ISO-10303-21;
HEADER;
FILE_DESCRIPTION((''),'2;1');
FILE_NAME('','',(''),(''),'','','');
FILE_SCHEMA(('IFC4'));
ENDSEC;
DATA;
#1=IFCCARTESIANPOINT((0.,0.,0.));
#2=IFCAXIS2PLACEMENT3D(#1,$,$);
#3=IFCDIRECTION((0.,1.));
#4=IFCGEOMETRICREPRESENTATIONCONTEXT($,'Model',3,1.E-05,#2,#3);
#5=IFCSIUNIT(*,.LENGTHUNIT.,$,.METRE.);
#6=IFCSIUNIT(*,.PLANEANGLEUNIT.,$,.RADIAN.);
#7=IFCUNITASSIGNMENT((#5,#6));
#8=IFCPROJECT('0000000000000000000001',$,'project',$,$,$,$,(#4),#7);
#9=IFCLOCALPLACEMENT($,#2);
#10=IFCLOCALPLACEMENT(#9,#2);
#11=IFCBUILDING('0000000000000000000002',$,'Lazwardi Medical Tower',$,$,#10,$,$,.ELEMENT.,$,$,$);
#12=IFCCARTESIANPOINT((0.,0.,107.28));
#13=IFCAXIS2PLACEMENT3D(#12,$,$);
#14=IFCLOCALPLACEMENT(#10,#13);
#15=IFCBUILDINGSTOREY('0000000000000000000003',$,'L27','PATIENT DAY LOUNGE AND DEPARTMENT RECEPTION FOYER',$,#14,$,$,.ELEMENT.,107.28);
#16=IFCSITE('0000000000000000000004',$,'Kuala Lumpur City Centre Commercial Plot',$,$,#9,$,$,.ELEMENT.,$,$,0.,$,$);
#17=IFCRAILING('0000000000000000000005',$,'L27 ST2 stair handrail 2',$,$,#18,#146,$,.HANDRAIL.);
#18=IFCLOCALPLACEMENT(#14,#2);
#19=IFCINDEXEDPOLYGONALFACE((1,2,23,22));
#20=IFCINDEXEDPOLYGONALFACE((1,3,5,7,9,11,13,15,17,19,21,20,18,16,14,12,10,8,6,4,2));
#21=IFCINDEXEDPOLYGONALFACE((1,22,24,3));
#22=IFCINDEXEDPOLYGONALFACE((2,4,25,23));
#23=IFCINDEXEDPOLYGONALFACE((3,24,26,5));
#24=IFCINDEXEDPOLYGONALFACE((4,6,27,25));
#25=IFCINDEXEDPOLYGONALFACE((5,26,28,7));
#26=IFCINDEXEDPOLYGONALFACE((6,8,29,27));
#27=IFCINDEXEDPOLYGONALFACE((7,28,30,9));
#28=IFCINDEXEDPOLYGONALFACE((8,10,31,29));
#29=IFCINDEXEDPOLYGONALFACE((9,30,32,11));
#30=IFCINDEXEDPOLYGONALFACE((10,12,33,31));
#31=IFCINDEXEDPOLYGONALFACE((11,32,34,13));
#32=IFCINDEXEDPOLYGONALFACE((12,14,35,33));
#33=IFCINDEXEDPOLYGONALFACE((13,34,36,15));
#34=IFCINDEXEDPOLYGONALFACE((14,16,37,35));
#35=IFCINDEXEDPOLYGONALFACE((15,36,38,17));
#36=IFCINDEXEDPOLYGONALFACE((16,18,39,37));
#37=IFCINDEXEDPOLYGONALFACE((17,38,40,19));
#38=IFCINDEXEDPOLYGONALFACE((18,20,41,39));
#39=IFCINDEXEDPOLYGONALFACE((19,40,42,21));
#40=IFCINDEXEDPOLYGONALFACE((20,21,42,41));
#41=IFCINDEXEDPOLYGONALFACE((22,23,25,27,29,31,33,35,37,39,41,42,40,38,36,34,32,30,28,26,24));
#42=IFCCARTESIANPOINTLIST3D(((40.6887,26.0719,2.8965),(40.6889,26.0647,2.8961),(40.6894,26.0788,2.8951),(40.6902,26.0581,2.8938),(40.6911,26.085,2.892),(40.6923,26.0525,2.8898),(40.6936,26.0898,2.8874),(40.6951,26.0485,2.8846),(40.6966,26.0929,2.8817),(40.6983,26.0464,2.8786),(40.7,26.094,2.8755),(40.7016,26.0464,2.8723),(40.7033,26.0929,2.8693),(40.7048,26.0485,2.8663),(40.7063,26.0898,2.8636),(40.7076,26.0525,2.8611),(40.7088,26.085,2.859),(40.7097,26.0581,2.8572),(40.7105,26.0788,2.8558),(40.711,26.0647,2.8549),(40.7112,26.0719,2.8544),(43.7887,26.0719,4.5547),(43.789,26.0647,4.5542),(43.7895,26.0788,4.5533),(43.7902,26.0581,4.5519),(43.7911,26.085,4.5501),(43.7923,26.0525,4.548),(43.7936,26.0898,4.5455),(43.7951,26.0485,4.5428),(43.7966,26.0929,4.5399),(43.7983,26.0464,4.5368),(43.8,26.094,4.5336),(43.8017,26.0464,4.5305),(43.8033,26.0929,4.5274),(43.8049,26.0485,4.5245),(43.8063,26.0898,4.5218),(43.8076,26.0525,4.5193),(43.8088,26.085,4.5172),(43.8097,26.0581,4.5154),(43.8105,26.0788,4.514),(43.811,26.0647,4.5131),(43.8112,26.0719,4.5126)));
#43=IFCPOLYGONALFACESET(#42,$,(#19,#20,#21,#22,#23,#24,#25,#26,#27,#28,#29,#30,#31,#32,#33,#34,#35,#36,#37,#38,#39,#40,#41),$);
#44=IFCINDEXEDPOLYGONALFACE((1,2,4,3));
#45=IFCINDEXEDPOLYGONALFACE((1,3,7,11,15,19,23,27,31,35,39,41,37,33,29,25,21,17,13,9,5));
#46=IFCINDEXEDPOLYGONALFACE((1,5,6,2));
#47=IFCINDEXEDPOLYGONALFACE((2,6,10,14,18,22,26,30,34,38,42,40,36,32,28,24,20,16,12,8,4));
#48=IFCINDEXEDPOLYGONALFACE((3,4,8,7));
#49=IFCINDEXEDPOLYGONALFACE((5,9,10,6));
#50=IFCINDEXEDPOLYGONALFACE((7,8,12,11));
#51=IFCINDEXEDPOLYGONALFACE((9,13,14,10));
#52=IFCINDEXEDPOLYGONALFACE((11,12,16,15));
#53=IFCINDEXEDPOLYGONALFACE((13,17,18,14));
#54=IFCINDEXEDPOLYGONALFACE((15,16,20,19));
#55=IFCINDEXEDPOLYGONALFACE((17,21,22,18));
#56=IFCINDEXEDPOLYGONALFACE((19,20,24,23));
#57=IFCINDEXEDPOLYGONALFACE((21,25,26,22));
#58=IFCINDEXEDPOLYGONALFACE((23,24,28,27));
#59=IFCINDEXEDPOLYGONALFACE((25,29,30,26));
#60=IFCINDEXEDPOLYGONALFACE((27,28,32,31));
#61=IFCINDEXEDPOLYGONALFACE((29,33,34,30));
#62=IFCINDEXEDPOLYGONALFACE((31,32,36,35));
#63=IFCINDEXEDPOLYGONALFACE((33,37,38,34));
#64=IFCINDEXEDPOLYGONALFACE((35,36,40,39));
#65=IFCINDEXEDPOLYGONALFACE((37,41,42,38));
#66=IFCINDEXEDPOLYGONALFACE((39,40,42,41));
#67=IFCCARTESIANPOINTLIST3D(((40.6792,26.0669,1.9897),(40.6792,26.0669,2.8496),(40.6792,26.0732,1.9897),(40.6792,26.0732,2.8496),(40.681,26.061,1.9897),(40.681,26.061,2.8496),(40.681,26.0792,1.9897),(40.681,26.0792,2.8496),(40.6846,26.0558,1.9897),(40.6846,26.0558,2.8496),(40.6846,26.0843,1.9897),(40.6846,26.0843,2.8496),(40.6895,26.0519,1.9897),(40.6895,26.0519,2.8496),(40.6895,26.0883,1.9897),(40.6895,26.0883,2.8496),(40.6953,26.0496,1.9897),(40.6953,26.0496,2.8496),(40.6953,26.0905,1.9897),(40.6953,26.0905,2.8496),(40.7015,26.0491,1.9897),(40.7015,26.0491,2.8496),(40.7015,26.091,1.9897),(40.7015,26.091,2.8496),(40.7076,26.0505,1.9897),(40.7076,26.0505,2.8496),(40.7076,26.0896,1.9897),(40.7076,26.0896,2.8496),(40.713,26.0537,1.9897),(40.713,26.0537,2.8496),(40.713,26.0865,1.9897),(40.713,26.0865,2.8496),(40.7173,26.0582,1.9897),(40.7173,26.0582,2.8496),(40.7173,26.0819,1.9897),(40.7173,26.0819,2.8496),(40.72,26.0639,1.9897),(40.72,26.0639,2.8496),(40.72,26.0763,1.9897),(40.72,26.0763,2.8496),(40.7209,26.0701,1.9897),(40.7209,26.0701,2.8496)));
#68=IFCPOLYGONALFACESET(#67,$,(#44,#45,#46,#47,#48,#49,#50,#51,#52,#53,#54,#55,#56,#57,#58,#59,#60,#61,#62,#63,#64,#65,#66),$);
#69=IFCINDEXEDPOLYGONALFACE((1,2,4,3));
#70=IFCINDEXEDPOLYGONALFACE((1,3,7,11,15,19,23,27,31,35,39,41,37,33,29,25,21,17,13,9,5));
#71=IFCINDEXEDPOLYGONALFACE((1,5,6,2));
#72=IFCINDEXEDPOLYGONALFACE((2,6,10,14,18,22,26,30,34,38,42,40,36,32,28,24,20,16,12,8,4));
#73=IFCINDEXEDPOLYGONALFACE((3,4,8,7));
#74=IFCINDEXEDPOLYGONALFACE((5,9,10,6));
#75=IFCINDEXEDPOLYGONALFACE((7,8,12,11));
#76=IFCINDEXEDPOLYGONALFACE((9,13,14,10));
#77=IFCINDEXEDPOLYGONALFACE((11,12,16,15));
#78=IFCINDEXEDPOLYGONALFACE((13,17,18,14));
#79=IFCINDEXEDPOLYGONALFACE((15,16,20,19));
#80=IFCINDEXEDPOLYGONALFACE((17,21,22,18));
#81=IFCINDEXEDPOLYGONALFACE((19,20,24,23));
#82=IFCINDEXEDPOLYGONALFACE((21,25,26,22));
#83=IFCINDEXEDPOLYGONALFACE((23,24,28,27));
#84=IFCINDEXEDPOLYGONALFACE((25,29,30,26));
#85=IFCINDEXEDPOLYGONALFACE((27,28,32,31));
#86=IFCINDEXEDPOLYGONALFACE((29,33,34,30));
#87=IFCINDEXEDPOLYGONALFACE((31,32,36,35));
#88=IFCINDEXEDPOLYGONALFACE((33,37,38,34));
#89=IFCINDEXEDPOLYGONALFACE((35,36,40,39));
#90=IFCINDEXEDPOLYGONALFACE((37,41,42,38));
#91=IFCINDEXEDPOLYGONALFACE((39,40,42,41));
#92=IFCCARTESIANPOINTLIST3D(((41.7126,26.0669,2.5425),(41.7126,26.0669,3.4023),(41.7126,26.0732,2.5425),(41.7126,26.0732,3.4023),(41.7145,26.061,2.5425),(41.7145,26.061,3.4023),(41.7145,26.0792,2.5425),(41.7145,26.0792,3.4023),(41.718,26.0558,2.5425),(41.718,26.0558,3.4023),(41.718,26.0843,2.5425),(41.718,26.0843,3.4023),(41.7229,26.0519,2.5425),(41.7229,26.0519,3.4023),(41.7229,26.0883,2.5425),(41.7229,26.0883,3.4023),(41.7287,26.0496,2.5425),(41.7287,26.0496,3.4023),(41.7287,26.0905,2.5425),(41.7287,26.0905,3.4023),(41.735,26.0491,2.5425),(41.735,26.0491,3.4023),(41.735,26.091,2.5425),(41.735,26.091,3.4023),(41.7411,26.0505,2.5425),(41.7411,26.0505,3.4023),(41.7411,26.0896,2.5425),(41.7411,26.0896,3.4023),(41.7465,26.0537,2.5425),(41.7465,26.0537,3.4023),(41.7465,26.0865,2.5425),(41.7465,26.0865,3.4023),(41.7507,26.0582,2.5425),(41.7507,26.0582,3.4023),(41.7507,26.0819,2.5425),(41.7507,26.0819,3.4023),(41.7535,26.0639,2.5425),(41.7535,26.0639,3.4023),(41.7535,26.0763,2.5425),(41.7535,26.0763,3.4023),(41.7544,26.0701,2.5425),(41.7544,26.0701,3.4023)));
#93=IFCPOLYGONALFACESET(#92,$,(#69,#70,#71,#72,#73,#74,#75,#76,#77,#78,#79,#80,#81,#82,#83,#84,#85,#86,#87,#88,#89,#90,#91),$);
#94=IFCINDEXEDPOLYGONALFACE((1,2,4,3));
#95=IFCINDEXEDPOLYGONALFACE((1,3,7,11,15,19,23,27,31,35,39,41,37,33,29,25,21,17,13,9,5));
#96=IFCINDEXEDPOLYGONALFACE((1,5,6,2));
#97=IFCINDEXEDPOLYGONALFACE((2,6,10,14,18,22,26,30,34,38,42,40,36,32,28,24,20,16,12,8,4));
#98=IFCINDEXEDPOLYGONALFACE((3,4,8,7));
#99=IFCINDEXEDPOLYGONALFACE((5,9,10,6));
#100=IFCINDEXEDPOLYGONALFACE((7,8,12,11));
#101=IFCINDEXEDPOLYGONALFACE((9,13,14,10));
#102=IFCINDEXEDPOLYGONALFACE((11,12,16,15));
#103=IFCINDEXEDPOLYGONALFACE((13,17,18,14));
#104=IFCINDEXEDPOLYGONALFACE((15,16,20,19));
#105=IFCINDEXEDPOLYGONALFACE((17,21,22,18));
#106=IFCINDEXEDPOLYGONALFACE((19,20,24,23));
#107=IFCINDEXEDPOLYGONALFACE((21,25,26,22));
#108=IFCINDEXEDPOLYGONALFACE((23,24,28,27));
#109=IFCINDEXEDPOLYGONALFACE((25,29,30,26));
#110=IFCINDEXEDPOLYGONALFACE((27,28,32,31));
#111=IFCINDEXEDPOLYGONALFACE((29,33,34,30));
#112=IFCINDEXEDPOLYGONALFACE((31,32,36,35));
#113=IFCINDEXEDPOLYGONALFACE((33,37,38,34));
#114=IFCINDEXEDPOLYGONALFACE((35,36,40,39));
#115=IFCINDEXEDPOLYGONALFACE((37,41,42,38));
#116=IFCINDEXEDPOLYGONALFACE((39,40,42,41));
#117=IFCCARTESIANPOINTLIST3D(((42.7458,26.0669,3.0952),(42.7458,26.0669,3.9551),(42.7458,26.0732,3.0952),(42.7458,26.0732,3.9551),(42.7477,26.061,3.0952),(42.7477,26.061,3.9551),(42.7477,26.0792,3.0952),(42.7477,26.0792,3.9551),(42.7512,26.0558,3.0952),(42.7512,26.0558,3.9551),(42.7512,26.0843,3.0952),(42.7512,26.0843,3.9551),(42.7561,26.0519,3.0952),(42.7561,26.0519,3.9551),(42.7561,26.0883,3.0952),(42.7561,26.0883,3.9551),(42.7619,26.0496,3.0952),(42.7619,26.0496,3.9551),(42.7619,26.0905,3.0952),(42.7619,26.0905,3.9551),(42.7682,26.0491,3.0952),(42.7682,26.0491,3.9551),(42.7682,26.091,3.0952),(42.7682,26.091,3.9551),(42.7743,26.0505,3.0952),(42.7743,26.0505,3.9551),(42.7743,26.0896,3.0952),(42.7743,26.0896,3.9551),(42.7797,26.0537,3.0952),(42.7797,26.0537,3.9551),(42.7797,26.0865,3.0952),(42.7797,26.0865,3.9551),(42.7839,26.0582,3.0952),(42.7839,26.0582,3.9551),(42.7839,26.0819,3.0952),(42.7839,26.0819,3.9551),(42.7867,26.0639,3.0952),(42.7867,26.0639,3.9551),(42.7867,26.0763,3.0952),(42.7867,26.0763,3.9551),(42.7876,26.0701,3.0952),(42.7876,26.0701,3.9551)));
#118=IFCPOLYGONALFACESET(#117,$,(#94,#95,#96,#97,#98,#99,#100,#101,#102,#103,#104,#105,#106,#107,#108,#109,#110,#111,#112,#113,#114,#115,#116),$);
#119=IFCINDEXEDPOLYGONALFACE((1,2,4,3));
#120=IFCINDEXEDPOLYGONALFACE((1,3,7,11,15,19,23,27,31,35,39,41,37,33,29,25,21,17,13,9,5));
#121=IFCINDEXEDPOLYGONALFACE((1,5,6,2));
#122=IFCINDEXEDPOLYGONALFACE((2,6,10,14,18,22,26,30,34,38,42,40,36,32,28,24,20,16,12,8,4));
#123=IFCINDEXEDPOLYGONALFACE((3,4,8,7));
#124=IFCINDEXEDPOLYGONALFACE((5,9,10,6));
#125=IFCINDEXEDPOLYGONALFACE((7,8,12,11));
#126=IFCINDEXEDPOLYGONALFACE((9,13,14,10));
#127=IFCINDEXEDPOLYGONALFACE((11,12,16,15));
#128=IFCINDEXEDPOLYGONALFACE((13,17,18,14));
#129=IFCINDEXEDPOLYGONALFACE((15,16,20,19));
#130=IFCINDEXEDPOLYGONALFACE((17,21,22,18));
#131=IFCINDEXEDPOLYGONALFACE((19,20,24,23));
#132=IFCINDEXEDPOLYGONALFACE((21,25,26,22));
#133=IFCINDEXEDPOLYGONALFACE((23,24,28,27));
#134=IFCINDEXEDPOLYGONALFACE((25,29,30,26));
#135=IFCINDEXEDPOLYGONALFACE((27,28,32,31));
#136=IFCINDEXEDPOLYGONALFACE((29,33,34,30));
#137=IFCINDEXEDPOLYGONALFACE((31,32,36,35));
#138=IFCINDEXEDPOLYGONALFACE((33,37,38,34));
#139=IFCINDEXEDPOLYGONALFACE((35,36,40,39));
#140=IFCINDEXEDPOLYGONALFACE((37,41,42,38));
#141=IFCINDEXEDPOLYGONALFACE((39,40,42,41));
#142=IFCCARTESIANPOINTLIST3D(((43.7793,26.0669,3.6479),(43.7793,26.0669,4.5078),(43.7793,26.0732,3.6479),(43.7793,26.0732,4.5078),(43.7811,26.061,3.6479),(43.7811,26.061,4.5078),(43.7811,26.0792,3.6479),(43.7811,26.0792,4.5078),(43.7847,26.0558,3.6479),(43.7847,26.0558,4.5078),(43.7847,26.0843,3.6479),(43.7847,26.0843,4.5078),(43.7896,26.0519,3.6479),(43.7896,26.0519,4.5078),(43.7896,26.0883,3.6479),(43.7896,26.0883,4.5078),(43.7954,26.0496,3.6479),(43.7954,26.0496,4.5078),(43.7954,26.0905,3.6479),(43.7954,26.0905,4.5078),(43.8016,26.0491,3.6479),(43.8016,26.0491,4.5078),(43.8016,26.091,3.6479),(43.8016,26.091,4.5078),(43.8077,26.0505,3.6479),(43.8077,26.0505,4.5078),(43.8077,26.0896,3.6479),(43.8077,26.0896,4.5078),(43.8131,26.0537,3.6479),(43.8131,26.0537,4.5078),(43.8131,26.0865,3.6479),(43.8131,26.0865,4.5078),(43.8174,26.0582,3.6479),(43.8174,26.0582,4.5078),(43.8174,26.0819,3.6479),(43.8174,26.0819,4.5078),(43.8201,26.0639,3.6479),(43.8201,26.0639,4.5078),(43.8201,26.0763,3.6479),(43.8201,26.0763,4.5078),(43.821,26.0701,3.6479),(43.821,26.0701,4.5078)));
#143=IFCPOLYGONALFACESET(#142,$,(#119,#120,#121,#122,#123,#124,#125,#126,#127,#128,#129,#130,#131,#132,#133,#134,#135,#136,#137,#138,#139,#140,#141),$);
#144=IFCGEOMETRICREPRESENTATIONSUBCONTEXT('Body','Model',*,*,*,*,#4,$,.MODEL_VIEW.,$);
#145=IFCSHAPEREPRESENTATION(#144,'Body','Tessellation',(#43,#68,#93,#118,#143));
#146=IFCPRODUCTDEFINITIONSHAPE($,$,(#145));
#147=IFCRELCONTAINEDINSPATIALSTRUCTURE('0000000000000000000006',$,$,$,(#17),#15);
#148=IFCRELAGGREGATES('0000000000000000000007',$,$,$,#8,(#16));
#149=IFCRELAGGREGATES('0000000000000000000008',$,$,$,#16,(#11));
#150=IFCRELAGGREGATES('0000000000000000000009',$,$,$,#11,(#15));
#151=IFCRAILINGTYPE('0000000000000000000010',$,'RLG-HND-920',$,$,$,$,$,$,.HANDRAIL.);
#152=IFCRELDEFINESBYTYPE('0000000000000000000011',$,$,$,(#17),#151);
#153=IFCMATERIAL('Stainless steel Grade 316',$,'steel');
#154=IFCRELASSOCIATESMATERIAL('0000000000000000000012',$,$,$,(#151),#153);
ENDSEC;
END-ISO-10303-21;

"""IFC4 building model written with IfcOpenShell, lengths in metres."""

from ifc_helpers import new_model, si_unit, direction, frame, origin, origin_2d, place, context, subcontext, project, spatial, circle, extrude, material, type_object, element, save


model = new_model("IFC4")

# Units and contexts
model_context = context("Model", 3, precision=1e-05, world=origin(), true_north=direction((0.0, 1.0)))
body_context = subcontext(model_context, "Body", "Model", "MODEL_VIEW")
ifc_project = project(units=[si_unit("LENGTHUNIT", "METRE"), si_unit("PLANEANGLEUNIT", "RADIAN")], contexts=[model_context])

# Site, building, storey
site_placement = place(None, origin())
site = spatial("IfcSite", under=ifc_project, at=site_placement, Name="Kuala Lumpur City Centre Commercial Plot", CompositionType="ELEMENT", RefElevation=0.0)
building_placement = place(site_placement, origin())
building = spatial("IfcBuilding", under=site, at=building_placement, Name="Lazwardi Medical Tower", CompositionType="ELEMENT")
storey_placement = place(building_placement, frame((0.0, 0.0, 107.28)))
storey = spatial("IfcBuildingStorey", under=building, at=storey_placement, Name="L27", Description="PATIENT DAY LOUNGE AND DEPARTMENT RECEPTION FOYER", CompositionType="ELEMENT", Elevation=107.28)

# Railing
ifc_material_1 = material(Name="Stainless steel Grade 316", Category="steel")
railing_type_1 = type_object("IfcRailingType", Name="RLG-HND-920", PredefinedType="HANDRAIL", material=ifc_material_1)
railing_1_placement = place(storey_placement, frame((40.7, 26.0701, 1.9897)))
element("IfcRailing", 1, at=railing_1_placement, inside=storey, type_object=railing_type_1, Name="L27 ST2 stair handrail 2", PredefinedType="HANDRAIL", context=body_context, shape_type="SweptSolid", body=[
    extrude(circle(Radius=0.0239, at=origin_2d()), frame((0.0, 0.0, 0.8857), z_axis=(0.881783, 0.0, 0.471655), x_axis=(0.0, 1.0, 0.0)), (0.0, 0.0, 1.0), 3.5156),
    extrude(circle(Radius=0.021, at=origin_2d()), origin(), (0.0, 0.0, 1.0), 0.8599),
    extrude(circle(Radius=0.021, at=origin_2d()), frame((1.0334, 0.0, 0.5527)), (0.0, 0.0, 1.0), 0.8599),
    extrude(circle(Radius=0.021, at=origin_2d()), frame((2.0667, 0.0, 1.1055)), (0.0, 0.0, 1.0), 0.8599),
    extrude(circle(Radius=0.021, at=origin_2d()), frame((3.1001, 0.0, 1.6582)), (0.0, 0.0, 1.0), 0.8599),
])

save(model, "model.ifc")
